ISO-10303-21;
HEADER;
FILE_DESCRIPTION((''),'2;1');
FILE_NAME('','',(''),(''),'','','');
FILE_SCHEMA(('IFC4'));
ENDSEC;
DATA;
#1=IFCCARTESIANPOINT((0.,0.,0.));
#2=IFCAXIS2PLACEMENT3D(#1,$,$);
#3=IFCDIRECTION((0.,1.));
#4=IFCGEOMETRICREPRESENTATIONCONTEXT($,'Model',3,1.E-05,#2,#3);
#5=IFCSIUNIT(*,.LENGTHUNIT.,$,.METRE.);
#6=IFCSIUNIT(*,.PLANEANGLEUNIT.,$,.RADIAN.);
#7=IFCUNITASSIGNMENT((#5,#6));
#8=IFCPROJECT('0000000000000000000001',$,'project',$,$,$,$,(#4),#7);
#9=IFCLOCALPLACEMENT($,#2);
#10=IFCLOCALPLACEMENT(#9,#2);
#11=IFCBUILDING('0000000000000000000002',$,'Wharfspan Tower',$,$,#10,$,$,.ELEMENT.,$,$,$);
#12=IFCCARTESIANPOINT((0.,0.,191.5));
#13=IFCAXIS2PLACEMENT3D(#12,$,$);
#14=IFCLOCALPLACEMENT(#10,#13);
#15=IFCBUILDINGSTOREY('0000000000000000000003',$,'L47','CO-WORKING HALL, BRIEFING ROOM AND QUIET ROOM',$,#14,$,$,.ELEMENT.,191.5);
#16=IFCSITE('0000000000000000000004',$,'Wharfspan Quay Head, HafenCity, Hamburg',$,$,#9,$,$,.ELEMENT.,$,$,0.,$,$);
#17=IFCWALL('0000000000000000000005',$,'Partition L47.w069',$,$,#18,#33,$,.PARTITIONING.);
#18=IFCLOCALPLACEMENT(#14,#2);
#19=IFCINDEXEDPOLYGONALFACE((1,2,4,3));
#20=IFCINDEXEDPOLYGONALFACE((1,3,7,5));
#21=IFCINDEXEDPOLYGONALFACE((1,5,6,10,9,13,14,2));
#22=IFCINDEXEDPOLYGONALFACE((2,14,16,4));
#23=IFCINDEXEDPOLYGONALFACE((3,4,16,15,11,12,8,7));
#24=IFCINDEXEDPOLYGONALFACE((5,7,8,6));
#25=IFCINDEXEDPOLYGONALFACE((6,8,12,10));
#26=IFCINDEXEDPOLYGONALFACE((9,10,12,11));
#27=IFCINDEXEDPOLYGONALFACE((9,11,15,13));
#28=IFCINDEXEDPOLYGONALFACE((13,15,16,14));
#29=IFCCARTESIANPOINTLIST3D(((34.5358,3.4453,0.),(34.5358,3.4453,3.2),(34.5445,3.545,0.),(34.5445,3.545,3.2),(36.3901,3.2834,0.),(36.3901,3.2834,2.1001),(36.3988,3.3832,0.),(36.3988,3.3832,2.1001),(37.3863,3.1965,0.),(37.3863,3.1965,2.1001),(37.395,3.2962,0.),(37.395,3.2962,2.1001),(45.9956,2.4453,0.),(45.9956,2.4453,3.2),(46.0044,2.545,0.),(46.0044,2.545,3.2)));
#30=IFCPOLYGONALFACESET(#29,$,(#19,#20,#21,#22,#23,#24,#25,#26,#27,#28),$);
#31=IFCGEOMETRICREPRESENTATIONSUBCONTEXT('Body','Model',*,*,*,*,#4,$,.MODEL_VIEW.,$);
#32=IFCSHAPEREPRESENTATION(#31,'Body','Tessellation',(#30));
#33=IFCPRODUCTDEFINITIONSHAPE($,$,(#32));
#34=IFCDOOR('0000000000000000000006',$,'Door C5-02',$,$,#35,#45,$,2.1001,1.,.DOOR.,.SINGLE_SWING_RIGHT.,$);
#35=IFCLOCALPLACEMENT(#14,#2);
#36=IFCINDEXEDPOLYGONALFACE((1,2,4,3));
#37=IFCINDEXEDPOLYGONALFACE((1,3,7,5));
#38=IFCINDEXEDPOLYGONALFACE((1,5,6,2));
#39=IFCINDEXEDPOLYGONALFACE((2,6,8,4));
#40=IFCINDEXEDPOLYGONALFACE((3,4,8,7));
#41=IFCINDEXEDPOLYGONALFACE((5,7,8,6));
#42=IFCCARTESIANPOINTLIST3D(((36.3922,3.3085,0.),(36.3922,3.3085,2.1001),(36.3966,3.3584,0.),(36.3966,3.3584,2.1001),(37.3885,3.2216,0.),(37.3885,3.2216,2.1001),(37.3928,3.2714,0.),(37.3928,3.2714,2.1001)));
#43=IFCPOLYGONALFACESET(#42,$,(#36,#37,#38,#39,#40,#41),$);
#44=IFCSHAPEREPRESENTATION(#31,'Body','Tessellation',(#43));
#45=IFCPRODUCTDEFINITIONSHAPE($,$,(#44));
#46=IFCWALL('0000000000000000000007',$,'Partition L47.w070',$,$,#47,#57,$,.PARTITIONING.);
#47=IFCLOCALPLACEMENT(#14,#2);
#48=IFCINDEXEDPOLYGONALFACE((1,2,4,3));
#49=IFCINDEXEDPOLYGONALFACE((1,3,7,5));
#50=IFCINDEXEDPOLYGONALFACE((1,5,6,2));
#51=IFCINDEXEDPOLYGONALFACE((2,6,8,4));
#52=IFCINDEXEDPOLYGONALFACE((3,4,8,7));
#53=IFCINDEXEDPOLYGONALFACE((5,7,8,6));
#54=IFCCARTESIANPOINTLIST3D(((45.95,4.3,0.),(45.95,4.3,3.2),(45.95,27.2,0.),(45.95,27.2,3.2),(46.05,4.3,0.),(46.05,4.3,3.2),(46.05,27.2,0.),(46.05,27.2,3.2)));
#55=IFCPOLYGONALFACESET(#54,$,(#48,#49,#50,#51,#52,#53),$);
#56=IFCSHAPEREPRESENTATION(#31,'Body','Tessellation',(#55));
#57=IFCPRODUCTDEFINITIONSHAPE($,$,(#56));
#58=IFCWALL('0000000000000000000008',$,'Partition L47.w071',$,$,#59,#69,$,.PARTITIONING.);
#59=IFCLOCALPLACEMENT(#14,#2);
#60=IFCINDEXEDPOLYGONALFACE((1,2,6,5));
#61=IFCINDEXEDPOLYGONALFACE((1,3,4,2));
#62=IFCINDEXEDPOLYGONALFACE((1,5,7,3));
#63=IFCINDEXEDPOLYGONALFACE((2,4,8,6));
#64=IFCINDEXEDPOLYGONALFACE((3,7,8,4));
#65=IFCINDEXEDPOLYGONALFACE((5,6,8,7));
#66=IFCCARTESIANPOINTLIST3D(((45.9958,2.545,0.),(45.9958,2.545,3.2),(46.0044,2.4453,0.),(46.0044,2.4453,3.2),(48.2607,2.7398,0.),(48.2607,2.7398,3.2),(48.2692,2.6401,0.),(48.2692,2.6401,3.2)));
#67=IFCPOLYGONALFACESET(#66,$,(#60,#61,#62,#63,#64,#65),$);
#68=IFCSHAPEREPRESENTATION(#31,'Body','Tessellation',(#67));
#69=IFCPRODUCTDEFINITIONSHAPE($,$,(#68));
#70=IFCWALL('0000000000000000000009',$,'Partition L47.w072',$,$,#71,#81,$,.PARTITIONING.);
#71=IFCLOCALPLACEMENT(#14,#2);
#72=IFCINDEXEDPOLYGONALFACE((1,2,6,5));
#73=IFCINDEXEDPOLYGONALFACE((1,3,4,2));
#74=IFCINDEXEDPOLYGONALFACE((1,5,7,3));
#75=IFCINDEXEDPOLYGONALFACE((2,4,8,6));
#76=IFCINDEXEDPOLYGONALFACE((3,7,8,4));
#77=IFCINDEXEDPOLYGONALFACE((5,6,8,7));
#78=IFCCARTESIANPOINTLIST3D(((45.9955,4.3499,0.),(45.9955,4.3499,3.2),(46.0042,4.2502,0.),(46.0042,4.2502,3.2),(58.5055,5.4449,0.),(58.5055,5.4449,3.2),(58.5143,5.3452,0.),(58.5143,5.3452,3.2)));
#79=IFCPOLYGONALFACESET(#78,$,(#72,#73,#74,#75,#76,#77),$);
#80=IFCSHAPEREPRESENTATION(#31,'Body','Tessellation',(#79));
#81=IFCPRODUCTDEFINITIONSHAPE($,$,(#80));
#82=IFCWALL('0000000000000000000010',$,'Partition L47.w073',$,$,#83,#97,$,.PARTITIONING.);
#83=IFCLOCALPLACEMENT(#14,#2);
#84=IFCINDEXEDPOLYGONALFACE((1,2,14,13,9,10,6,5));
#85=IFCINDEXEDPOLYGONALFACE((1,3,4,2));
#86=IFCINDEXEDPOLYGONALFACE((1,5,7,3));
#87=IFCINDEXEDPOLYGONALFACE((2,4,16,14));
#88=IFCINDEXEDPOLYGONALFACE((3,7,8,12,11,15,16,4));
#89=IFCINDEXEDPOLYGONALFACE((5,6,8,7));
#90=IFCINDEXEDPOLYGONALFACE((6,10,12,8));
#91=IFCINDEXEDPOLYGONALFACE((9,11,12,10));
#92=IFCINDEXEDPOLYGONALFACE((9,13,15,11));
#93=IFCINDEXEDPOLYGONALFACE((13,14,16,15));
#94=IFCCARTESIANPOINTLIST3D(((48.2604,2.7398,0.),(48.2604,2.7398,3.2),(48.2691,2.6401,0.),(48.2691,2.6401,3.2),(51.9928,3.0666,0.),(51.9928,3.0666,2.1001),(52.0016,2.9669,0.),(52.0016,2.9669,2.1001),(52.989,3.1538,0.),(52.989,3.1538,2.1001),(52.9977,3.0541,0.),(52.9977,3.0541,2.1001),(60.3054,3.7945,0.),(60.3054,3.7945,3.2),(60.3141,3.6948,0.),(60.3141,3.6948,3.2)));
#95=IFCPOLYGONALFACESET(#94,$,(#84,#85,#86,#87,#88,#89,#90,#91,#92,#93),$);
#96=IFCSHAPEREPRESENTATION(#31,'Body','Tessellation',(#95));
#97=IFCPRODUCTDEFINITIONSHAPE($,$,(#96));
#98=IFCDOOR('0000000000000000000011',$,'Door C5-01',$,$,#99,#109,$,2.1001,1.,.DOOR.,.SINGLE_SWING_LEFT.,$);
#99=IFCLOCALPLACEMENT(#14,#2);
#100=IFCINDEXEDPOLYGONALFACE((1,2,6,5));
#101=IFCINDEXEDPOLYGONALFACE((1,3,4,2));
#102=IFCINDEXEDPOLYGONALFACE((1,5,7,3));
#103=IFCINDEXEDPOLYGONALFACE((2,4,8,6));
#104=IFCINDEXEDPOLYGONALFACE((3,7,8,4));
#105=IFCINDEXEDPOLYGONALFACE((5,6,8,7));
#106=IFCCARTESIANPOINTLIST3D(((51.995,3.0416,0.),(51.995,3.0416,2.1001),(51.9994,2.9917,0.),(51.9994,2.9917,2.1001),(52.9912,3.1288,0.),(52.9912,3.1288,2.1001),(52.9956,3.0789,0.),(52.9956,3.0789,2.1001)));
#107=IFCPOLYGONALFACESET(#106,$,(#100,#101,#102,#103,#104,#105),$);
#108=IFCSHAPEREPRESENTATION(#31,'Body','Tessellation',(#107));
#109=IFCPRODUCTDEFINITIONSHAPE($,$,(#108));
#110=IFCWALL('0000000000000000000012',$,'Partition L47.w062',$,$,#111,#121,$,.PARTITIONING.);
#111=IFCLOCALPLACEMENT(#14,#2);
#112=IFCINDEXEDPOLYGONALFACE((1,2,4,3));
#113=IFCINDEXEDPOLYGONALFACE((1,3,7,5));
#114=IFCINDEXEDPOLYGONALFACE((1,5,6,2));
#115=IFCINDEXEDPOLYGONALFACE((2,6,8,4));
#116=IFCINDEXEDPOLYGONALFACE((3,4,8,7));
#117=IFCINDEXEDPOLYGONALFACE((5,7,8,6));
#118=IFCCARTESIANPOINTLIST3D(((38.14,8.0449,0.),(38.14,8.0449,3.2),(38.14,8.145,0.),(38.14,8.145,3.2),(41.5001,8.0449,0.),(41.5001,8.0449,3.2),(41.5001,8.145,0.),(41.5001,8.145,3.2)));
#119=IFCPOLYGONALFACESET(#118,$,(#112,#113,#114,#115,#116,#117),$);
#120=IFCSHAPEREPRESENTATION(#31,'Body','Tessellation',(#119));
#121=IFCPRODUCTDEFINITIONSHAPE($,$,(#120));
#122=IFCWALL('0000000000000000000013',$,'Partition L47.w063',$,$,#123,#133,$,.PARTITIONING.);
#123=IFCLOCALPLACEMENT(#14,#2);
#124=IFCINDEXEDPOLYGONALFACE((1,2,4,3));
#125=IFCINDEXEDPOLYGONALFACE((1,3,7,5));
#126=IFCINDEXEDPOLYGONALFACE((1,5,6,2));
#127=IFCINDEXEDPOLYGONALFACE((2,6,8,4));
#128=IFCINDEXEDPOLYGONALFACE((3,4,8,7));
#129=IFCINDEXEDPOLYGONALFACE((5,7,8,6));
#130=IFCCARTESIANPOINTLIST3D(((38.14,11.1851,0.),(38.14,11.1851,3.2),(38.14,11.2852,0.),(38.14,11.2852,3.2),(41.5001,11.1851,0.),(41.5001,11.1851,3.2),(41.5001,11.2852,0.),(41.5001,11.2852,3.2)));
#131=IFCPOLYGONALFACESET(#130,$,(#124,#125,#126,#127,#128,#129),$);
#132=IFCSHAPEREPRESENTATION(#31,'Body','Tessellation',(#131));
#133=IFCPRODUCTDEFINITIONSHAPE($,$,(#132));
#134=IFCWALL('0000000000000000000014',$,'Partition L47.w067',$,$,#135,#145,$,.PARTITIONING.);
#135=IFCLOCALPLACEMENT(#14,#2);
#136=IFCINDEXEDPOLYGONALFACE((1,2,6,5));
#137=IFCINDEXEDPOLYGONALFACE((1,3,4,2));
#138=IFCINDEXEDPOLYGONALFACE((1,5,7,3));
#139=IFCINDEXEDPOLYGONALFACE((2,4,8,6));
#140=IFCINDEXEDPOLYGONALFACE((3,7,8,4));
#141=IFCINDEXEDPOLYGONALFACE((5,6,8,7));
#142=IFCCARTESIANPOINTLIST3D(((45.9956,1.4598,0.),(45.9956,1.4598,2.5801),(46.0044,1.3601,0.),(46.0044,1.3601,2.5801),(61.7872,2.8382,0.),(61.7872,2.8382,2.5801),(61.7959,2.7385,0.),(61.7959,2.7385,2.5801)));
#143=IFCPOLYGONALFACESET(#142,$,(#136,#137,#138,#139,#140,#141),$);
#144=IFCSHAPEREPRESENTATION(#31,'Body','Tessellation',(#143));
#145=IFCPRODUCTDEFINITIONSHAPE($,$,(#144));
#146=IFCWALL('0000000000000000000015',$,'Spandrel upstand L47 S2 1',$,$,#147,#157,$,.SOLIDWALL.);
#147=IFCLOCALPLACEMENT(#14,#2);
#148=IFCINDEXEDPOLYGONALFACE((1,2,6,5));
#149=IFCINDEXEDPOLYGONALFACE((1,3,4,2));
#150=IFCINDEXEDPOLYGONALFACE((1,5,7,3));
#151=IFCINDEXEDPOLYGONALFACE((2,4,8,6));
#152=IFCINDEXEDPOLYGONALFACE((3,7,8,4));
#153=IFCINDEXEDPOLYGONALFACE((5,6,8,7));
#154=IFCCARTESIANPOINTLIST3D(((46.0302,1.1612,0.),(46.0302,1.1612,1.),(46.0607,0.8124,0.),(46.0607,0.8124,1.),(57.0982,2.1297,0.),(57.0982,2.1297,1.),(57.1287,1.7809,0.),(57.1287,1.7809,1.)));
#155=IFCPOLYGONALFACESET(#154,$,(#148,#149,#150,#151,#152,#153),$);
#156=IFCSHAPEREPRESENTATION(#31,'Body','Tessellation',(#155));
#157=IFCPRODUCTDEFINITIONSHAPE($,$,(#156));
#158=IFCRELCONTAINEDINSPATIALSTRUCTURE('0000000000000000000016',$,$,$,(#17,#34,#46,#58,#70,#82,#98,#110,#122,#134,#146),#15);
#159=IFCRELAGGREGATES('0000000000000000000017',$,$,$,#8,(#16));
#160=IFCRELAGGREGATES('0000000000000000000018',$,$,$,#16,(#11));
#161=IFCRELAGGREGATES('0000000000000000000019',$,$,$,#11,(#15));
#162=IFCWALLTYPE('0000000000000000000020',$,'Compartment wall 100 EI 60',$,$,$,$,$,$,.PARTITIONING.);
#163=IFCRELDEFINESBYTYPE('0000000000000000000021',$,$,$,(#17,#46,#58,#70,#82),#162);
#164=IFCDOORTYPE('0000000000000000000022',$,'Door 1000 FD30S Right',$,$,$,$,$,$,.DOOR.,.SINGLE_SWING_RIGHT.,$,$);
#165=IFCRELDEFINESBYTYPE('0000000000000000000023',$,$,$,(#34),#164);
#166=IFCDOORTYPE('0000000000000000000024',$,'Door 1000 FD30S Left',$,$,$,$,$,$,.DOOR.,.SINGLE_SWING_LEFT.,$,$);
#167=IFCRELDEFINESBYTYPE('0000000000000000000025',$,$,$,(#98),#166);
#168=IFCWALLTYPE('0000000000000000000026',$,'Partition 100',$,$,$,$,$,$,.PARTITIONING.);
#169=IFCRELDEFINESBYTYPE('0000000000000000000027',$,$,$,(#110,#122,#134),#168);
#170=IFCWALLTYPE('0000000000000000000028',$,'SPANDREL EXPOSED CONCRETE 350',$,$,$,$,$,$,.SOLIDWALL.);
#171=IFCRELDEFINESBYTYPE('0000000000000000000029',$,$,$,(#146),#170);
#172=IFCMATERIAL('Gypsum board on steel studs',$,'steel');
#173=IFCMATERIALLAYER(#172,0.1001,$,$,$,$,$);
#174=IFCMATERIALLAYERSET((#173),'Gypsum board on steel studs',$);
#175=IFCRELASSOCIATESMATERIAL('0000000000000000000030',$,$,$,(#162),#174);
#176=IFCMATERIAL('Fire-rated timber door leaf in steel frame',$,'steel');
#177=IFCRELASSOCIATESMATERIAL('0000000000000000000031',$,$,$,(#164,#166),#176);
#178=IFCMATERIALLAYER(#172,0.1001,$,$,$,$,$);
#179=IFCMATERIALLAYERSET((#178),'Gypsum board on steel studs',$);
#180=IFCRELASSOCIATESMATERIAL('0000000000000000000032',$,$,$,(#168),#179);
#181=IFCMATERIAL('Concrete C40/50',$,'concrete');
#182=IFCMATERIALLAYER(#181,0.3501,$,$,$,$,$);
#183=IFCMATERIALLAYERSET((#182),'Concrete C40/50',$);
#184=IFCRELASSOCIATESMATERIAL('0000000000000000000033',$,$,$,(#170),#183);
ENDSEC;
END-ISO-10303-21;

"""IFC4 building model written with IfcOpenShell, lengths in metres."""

from ifc_helpers import new_model, si_unit, direction, frame, frame_2d, origin, place, context, subcontext, project, spatial, rectangle, extrude, material, layer, layer_set, type_object, element, fill, save


model = new_model("IFC4")

# Units and contexts
model_context = context("Model", 3, precision=1e-05, world=origin(), true_north=direction((0.0, 1.0)))
body_context = subcontext(model_context, "Body", "Model", "MODEL_VIEW")
ifc_project = project(units=[si_unit("LENGTHUNIT", "METRE"), si_unit("PLANEANGLEUNIT", "RADIAN")], contexts=[model_context])

# Site, building, storey
site_placement = place(None, origin())
site = spatial("IfcSite", under=ifc_project, at=site_placement, Name="Wharfspan Quay Head, HafenCity, Hamburg", CompositionType="ELEMENT", RefElevation=0.0)
building_placement = place(site_placement, origin())
building = spatial("IfcBuilding", under=site, at=building_placement, Name="Wharfspan Tower", CompositionType="ELEMENT")
storey_placement = place(building_placement, frame((0.0, 0.0, 191.5)))
storey = spatial("IfcBuildingStorey", under=building, at=storey_placement, Name="L47", Description="CO-WORKING HALL, BRIEFING ROOM AND QUIET ROOM", CompositionType="ELEMENT", Elevation=191.5)

# Shared definitions
ifc_material_1 = material(Name="Gypsum board on steel studs", Category="steel")
ifc_layer_1 = layer(ifc_material_1, 0.1001)
ifc_layer_set_1 = layer_set([ifc_layer_1], Name="Gypsum board on steel studs")
wall_type_1 = type_object("IfcWallType", Name="Compartment wall 100 EI 60", PredefinedType="PARTITIONING", material=ifc_layer_set_1)

# Wall, opening, door
wall_1_placement = place(storey_placement, frame((46.0, 2.4951, 0.0), z_axis=(0.0, 0.0, 1.0), x_axis=(-0.996214, 0.08693, 0.0)))
wall_1 = element("IfcWall", 1, at=wall_1_placement, inside=storey, type_object=wall_type_1, Name="Partition L47.w069", PredefinedType="PARTITIONING", context=body_context, shape_type="SweptSolid", body=[
    extrude(rectangle(XDim=11.5034, YDim=0.1001, at=frame_2d((5.7517, 0.0))), origin(), (0.0, 0.0, 1.0), 3.2),
])
opening_1_placement = place(wall_1_placement, frame((8.6421, 0.0, 0.0)))
opening_1 = element("IfcOpeningElement", 2, at=opening_1_placement, cuts=wall_1, PredefinedType="OPENING", context=body_context, shape_type="SweptSolid", body=[
    extrude(rectangle(XDim=1.0, YDim=2.1001, at=frame_2d((0.5, 1.05))), frame((0.0, 0.0601, 0.0), z_axis=(0.0, -1.0, 0.0), x_axis=(1.0, 0.0, 0.0)), (0.0, 0.0, 1.0), 0.1201),
])
ifc_material_2 = material(Name="Fire-rated timber door leaf in steel frame", Category="steel")
door_type_1 = type_object("IfcDoorType", Name="Door 1000 FD30S Right", OperationType="SINGLE_SWING_RIGHT", PredefinedType="DOOR", material=ifc_material_2)
door_1_placement = place(opening_1_placement, origin())
door_1 = element("IfcDoor", 3, at=door_1_placement, inside=storey, type_object=door_type_1, Name="Door C5-02", OperationType="SINGLE_SWING_RIGHT", OverallHeight=2.1001, OverallWidth=1.0, PredefinedType="DOOR", context=body_context, shape_type="SweptSolid", body=[
    extrude(rectangle(XDim=1.0, YDim=2.1001, at=frame_2d((0.5, 1.05))), frame((0.0, 0.0249, 0.0), z_axis=(0.0, -1.0, 0.0), x_axis=(1.0, 0.0, 0.0)), (0.0, 0.0, 1.0), 0.05),
])
fill(opening_1, door_1)

# Walls
wall_2_placement = place(storey_placement, frame((46.0, 4.3, 0.0), z_axis=(0.0, 0.0, 1.0), x_axis=(0.0, 1.0, 0.0)))
element("IfcWall", 4, at=wall_2_placement, inside=storey, type_object=wall_type_1, Name="Partition L47.w070", PredefinedType="PARTITIONING", context=body_context, shape_type="SweptSolid", body=[
    extrude(rectangle(XDim=22.8999, YDim=0.1001, at=frame_2d((11.45, 0.0))), origin(), (0.0, 0.0, 1.0), 3.2),
])
wall_3_placement = place(storey_placement, frame((46.0, 2.4951, 0.0), z_axis=(0.0, 0.0, 1.0), x_axis=(0.996324, 0.085703, 0.0)))
element("IfcWall", 5, at=wall_3_placement, inside=storey, type_object=wall_type_1, Name="Partition L47.w071", PredefinedType="PARTITIONING", context=body_context, shape_type="SweptSolid", body=[
    extrude(rectangle(XDim=2.2732, YDim=0.1001, at=frame_2d((1.1367, 0.0))), origin(), (0.0, 0.0, 1.0), 3.2),
])
wall_4_placement = place(storey_placement, frame((46.0, 4.3, 0.0), z_axis=(0.0, 0.0, 1.0), x_axis=(0.996189, 0.087194, 0.0)))
element("IfcWall", 6, at=wall_4_placement, inside=storey, type_object=wall_type_1, Name="Partition L47.w072", PredefinedType="PARTITIONING", context=body_context, shape_type="SweptSolid", body=[
    extrude(rectangle(XDim=12.5579, YDim=0.1001, at=frame_2d((6.2788, 0.0))), origin(), (0.0, 0.0, 1.0), 3.2),
])

# Wall, opening, door
wall_5_placement = place(storey_placement, frame((48.2649, 2.6899, 0.0), z_axis=(0.0, 0.0, 1.0), x_axis=(0.996187, 0.087229, 0.0)))
wall_5 = element("IfcWall", 7, at=wall_5_placement, inside=storey, type_object=wall_type_1, Name="Partition L47.w073", PredefinedType="PARTITIONING", context=body_context, shape_type="SweptSolid", body=[
    extrude(rectangle(XDim=12.0911, YDim=0.1001, at=frame_2d((6.0454, 0.0))), origin(), (0.0, 0.0, 1.0), 3.2),
])
opening_2_placement = place(wall_5_placement, frame((3.7466, 0.0, 0.0)))
opening_2 = element("IfcOpeningElement", 8, at=opening_2_placement, cuts=wall_5, PredefinedType="OPENING", context=body_context, shape_type="SweptSolid", body=[
    extrude(rectangle(XDim=1.0, YDim=2.1001, at=frame_2d((0.5, 1.05))), frame((0.0, 0.0601, 0.0), z_axis=(0.0, -1.0, 0.0), x_axis=(1.0, 0.0, 0.0)), (0.0, 0.0, 1.0), 0.1201),
])
door_type_2 = type_object("IfcDoorType", Name="Door 1000 FD30S Left", OperationType="SINGLE_SWING_LEFT", PredefinedType="DOOR", material=ifc_material_2)
door_2_placement = place(opening_2_placement, origin())
door_2 = element("IfcDoor", 9, at=door_2_placement, inside=storey, type_object=door_type_2, Name="Door C5-01", OperationType="SINGLE_SWING_LEFT", OverallHeight=2.1001, OverallWidth=1.0, PredefinedType="DOOR", context=body_context, shape_type="SweptSolid", body=[
    extrude(rectangle(XDim=1.0, YDim=2.1001, at=frame_2d((0.5, 1.05))), frame((0.0, 0.0249, 0.0), z_axis=(0.0, -1.0, 0.0), x_axis=(1.0, 0.0, 0.0)), (0.0, 0.0, 1.0), 0.05),
])
fill(opening_2, door_2)

# Walls
ifc_layer_2 = layer(ifc_material_1, 0.1001)
ifc_layer_set_2 = layer_set([ifc_layer_2], Name="Gypsum board on steel studs")
wall_type_2 = type_object("IfcWallType", Name="Partition 100", PredefinedType="PARTITIONING", material=ifc_layer_set_2)
for number, where, z_axis, x_axis, name in (
    (10, (38.1399, 8.095, 0.0), (0.0, 0.0, 1.0), (1.0, 0.0, 0.0), "Partition L47.w062"),
    (11, (38.1399, 11.2351, 0.0), (0.0, 0.0, 1.0), (1.0, 0.0, 0.0), "Partition L47.w063"),
):
    element("IfcWall", number, at=place(storey_placement, frame(where, z_axis=z_axis, x_axis=x_axis)), inside=storey, type_object=wall_type_2, Name=name, PredefinedType="PARTITIONING", context=body_context, shape_type="SweptSolid", body=[
        extrude(rectangle(XDim=3.3601, YDim=0.1001, at=frame_2d((1.6802, 0.0))), origin(), (0.0, 0.0, 1.0), 3.2),
    ])
wall_6_placement = place(storey_placement, frame((46.0, 1.4099, 0.0), z_axis=(0.0, 0.0, 1.0), x_axis=(0.996213, 0.086958, 0.0)))
element("IfcWall", 12, at=wall_6_placement, inside=storey, type_object=wall_type_2, Name="Partition L47.w067", PredefinedType="PARTITIONING", context=body_context, shape_type="SweptSolid", body=[
    extrude(rectangle(XDim=15.8516, YDim=0.1001, at=frame_2d((7.9258, 0.0))), origin(), (0.0, 0.0, 1.0), 2.5801),
])
ifc_material_3 = material(Name="Concrete C40/50", Category="concrete")
ifc_layer_3 = layer(ifc_material_3, 0.3501)
ifc_layer_set_3 = layer_set([ifc_layer_3], Name="Concrete C40/50")
wall_type_3 = type_object("IfcWallType", Name="SPANDREL EXPOSED CONCRETE 350", PredefinedType="SOLIDWALL", material=ifc_layer_set_3)
wall_7_placement = place(storey_placement, frame((46.0454, 0.9868, 0.0), z_axis=(0.0, 0.0, 1.0), x_axis=(0.996193, 0.087171, 0.0)))
element("IfcWall", 13, at=wall_7_placement, inside=storey, type_object=wall_type_3, Name="Spandrel upstand L47 S2 1", PredefinedType="SOLIDWALL", context=body_context, shape_type="SweptSolid", body=[
    extrude(rectangle(XDim=11.1104, YDim=0.3501, at=frame_2d((5.5552, 0.0))), origin(), (0.0, 0.0, 1.0), 1.0),
])

save(model, "model.ifc")
